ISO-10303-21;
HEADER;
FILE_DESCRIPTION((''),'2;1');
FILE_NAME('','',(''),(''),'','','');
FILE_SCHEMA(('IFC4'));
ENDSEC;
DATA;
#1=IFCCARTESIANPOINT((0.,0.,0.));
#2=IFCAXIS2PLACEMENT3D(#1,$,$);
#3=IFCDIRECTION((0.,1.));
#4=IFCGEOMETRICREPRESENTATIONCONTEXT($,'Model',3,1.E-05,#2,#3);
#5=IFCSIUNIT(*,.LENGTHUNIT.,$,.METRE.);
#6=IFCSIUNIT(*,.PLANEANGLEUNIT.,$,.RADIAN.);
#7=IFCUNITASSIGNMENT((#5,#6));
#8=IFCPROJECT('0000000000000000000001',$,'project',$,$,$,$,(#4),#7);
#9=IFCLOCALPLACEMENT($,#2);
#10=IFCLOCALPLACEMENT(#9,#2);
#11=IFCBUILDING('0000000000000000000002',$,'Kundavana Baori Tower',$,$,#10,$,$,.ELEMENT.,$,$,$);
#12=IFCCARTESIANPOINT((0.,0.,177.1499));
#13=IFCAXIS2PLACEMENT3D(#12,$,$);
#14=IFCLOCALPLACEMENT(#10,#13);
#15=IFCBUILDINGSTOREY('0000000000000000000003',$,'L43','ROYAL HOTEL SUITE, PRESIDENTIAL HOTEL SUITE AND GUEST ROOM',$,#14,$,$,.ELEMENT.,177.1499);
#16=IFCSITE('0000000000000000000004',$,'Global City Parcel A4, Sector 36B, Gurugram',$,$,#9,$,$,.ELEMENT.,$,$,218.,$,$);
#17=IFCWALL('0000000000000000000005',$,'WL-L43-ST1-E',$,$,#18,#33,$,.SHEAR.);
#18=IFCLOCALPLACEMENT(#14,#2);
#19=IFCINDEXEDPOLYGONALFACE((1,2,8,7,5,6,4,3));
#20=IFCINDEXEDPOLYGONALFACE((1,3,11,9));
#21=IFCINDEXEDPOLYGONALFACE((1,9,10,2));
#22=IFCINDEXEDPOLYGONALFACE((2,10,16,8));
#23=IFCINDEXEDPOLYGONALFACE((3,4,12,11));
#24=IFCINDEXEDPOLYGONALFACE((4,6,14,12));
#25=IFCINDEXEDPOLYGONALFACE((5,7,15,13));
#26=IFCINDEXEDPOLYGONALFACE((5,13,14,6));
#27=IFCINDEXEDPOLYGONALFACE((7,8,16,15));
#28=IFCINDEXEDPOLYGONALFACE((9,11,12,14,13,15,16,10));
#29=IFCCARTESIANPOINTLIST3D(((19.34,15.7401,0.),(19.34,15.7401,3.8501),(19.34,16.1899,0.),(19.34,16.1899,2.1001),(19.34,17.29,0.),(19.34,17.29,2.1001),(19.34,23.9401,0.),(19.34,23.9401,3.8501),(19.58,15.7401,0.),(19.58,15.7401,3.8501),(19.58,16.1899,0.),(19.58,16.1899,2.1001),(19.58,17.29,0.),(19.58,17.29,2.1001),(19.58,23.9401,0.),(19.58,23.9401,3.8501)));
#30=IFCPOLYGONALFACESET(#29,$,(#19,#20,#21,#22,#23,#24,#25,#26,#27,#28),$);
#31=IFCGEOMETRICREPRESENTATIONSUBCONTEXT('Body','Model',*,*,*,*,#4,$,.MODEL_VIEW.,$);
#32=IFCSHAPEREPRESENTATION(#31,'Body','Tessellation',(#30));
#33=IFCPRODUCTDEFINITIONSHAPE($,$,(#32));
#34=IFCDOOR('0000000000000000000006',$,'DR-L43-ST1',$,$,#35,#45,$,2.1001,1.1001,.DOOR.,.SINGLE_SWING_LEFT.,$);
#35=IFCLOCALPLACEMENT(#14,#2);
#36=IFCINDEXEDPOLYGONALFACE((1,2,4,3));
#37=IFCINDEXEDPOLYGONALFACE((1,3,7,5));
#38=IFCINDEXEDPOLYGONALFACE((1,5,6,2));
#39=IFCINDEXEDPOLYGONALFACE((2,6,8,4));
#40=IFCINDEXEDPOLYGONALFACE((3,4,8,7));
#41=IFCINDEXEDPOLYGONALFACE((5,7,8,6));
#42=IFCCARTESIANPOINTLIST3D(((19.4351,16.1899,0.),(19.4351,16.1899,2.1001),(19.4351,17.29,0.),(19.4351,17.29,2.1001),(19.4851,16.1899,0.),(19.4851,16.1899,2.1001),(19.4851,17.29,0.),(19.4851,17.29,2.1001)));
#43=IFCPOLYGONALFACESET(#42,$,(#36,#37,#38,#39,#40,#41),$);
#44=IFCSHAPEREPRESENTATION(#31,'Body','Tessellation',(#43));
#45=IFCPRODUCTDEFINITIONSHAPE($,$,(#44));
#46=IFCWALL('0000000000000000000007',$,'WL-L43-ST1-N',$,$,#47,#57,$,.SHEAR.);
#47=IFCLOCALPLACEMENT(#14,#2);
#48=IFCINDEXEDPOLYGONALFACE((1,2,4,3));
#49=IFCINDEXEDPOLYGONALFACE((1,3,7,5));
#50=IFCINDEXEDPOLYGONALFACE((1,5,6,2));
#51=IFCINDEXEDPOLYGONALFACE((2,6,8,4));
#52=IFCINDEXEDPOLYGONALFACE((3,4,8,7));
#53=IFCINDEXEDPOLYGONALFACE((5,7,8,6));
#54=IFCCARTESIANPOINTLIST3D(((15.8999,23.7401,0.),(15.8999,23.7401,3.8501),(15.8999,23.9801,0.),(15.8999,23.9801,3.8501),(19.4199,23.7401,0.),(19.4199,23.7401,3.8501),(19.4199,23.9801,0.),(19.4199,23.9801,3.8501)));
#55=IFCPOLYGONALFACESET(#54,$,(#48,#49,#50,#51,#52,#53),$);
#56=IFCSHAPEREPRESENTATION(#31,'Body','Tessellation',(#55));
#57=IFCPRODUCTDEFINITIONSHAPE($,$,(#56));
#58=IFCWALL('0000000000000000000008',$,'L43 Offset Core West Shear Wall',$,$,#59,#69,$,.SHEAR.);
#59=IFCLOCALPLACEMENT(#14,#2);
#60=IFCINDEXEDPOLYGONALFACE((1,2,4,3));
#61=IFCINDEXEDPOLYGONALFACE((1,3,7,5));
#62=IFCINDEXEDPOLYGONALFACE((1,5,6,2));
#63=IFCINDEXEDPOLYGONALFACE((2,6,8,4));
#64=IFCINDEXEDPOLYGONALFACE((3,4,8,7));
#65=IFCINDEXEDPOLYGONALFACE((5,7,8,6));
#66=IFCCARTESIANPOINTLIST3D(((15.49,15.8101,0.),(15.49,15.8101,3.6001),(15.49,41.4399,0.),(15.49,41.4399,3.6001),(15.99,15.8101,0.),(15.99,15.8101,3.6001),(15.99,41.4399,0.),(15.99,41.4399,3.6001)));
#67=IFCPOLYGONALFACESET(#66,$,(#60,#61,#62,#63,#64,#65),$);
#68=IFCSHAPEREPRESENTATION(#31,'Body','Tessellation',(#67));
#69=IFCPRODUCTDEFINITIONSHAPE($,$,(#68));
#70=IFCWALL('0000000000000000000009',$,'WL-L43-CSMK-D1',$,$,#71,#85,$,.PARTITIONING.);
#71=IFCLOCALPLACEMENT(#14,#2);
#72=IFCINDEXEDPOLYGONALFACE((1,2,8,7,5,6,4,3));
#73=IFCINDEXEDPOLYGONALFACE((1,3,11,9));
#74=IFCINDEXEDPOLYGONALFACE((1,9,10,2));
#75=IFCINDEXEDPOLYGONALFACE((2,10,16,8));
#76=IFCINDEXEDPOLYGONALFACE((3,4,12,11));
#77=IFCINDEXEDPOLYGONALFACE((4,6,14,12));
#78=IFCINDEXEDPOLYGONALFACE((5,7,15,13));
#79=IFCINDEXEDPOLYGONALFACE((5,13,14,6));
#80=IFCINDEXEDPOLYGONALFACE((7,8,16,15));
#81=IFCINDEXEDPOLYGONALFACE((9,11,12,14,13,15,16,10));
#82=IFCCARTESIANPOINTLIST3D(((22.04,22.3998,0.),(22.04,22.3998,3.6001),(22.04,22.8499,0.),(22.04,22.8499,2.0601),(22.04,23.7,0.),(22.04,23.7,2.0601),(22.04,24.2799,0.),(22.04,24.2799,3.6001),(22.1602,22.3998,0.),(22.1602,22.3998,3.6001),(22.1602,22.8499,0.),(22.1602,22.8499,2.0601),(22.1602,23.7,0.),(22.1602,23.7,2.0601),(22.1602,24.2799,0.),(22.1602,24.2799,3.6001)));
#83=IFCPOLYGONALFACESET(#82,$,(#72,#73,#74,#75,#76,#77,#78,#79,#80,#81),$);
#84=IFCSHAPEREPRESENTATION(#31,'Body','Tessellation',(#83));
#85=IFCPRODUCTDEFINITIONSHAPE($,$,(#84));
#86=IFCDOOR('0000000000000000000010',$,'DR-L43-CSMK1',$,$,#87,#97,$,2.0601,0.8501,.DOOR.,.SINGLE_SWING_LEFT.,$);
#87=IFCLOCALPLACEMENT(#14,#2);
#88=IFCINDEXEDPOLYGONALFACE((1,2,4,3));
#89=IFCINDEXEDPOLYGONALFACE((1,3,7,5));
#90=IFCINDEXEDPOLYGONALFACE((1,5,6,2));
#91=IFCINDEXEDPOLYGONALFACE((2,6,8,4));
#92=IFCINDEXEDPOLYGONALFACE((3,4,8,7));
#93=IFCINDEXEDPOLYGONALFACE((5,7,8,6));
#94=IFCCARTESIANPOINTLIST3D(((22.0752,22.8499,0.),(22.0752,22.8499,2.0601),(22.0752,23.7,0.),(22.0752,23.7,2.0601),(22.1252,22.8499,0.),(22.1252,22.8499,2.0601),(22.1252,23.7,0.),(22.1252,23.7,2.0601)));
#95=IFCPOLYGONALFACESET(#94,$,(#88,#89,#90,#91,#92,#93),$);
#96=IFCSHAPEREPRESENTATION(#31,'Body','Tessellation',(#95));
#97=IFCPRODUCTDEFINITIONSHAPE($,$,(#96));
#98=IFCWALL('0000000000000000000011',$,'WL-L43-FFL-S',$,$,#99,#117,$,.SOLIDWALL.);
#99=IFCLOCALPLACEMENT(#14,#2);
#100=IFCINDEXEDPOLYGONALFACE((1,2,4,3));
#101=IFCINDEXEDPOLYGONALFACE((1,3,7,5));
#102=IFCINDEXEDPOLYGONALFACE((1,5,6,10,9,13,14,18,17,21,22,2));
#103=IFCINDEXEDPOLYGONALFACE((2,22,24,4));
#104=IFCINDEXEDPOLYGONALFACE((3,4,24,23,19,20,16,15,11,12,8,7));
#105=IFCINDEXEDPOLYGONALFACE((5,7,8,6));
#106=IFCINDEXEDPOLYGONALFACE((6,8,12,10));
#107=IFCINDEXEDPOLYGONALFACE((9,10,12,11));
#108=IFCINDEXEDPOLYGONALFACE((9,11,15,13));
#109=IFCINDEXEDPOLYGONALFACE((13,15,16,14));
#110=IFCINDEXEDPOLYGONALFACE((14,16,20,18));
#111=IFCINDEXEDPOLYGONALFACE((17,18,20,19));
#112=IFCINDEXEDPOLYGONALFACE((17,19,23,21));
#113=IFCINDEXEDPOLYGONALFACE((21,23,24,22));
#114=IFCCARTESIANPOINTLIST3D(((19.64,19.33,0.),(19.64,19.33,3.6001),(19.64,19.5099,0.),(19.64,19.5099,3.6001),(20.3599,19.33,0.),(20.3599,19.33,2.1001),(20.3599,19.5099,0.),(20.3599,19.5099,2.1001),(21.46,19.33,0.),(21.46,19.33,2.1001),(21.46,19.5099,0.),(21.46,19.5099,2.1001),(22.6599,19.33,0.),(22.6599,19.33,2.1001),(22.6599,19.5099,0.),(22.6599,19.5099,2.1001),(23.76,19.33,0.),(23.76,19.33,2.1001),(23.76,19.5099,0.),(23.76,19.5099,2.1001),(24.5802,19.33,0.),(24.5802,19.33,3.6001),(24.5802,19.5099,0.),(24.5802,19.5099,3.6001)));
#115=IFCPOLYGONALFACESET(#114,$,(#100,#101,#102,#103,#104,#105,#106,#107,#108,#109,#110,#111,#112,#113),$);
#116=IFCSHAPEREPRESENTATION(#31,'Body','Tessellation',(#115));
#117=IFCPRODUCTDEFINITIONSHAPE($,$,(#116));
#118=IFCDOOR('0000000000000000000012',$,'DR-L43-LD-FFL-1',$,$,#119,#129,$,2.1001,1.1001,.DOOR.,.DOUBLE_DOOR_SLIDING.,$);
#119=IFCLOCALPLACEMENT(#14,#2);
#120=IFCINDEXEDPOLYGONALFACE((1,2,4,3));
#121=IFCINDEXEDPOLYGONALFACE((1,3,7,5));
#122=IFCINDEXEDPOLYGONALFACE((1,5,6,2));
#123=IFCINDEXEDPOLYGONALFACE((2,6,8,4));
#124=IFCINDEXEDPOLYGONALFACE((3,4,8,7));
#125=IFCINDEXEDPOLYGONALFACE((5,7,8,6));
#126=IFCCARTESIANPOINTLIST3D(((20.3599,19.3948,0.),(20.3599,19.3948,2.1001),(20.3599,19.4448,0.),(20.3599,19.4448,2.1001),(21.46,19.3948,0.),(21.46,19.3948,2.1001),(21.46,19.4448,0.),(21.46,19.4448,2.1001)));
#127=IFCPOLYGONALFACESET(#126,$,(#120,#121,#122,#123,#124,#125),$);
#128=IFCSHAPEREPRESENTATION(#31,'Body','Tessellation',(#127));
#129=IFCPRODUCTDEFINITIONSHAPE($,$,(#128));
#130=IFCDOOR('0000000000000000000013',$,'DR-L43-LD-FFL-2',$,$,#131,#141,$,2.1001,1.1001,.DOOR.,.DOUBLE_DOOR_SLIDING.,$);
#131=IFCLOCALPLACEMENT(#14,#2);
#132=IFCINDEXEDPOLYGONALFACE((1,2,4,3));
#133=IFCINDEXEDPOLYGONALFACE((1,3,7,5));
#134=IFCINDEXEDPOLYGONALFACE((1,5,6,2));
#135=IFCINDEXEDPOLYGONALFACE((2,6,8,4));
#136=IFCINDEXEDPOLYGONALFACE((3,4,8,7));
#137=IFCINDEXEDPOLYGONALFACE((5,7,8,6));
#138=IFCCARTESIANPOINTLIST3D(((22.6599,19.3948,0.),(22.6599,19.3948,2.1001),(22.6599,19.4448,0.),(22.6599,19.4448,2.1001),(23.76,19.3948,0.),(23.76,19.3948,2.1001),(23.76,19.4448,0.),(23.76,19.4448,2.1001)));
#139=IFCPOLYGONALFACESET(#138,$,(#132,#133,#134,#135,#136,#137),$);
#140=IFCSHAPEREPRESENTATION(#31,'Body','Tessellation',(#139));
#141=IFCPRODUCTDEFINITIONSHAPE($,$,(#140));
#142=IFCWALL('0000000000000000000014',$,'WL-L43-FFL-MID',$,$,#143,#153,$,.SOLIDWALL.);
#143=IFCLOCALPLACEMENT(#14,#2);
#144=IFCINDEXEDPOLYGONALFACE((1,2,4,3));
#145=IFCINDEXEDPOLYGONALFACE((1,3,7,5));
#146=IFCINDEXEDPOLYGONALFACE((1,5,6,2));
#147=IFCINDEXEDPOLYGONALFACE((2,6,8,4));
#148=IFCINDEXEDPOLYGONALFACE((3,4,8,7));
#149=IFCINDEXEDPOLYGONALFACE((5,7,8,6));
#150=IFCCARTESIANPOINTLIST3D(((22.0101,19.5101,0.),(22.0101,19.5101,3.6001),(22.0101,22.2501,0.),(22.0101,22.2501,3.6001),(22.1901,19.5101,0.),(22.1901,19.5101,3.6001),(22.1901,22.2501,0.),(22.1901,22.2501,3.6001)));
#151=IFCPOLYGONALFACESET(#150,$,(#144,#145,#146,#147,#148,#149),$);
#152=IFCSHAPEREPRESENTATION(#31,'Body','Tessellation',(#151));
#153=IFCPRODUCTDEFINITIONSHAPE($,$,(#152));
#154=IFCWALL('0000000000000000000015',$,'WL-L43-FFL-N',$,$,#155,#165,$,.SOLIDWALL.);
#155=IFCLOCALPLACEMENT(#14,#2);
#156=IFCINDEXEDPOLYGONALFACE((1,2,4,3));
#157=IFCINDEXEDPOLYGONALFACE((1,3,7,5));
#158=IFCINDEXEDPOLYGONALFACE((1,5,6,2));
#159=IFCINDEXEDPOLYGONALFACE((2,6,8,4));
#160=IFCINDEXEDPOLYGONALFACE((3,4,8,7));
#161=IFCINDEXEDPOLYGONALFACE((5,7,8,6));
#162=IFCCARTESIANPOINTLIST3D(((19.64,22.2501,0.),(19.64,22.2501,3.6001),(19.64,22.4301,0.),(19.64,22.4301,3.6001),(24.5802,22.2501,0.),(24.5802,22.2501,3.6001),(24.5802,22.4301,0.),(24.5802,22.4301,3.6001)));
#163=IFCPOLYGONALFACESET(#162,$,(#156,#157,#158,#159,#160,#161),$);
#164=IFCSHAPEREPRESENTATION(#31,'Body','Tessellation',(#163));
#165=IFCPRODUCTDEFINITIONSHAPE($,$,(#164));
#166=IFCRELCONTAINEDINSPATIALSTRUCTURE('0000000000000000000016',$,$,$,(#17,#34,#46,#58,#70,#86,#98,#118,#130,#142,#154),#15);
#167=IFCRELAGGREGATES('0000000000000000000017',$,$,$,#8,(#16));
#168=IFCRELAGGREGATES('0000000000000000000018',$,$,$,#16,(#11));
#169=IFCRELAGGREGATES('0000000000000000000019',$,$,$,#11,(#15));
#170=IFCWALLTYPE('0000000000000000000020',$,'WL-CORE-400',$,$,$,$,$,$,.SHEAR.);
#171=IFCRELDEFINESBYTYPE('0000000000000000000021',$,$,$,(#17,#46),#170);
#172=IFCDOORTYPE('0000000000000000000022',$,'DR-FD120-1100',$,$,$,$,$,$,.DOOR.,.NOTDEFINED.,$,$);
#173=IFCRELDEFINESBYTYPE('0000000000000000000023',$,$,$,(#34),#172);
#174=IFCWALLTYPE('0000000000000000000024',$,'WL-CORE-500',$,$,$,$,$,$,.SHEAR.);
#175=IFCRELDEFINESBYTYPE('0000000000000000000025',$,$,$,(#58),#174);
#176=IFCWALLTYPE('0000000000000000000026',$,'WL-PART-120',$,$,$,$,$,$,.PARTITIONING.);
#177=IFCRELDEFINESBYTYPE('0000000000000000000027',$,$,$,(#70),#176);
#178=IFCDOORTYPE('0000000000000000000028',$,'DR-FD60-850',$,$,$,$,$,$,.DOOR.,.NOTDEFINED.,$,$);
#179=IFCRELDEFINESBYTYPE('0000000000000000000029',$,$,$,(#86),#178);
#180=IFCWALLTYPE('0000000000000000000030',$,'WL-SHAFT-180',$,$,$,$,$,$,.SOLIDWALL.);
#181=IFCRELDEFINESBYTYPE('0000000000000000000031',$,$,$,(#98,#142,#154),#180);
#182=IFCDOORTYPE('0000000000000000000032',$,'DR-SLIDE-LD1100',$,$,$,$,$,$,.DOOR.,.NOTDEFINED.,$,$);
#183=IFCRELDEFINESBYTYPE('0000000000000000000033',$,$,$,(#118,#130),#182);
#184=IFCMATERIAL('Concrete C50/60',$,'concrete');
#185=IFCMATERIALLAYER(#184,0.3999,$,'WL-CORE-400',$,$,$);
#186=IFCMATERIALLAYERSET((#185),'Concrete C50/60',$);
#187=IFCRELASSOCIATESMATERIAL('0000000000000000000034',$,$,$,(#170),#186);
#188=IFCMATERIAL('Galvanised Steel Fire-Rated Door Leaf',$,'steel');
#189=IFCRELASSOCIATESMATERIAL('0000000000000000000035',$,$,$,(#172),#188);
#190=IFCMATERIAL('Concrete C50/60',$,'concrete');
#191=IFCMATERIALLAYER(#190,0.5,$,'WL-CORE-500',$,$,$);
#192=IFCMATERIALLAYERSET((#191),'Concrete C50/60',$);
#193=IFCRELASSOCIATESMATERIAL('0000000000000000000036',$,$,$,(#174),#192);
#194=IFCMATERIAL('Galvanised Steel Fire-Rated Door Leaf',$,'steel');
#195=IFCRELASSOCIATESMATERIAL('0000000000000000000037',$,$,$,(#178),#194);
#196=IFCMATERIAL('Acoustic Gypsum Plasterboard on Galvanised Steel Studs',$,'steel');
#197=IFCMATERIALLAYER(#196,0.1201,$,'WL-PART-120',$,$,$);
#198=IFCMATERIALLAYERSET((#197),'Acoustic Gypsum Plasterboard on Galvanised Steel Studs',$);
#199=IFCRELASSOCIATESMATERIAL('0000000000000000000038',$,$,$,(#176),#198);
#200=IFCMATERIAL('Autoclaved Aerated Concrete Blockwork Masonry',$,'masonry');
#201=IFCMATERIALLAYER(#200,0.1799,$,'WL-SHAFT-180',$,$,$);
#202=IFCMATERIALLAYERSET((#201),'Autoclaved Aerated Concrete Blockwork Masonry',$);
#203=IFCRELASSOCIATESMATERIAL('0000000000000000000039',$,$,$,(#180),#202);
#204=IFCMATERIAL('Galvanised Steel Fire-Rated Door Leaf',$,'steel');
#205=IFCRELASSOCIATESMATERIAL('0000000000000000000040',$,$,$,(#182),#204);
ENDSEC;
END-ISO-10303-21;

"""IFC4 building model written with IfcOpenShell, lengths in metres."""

from ifc_helpers import new_model, si_unit, direction, frame, frame_2d, origin, place, context, subcontext, project, spatial, rectangle, extrude, material, layer, layer_set, type_object, element, fill, save


model = new_model("IFC4")

# Units and contexts
model_context = context("Model", 3, precision=1e-05, world=origin(), true_north=direction((0.0, 1.0)))
body_context = subcontext(model_context, "Body", "Model", "MODEL_VIEW")
ifc_project = project(units=[si_unit("LENGTHUNIT", "METRE"), si_unit("PLANEANGLEUNIT", "RADIAN")], contexts=[model_context])

# Site, building, storey
site_placement = place(None, origin())
site = spatial("IfcSite", under=ifc_project, at=site_placement, Name="Global City Parcel A4, Sector 36B, Gurugram", CompositionType="ELEMENT", RefElevation=218.0)
building_placement = place(site_placement, origin())
building = spatial("IfcBuilding", under=site, at=building_placement, Name="Kundavana Baori Tower", CompositionType="ELEMENT")
storey_placement = place(building_placement, frame((0.0, 0.0, 177.1499)))
storey = spatial("IfcBuildingStorey", under=building, at=storey_placement, Name="L43", Description="ROYAL HOTEL SUITE, PRESIDENTIAL HOTEL SUITE AND GUEST ROOM", CompositionType="ELEMENT", Elevation=177.1499)

# Wall, opening, door
ifc_material_1 = material(Name="Concrete C50/60", Category="concrete")
ifc_layer_1 = layer(ifc_material_1, 0.3999, Name="WL-CORE-400")
ifc_layer_set_1 = layer_set([ifc_layer_1], Name="Concrete C50/60")
wall_type_1 = type_object("IfcWallType", Name="WL-CORE-400", PredefinedType="SHEAR", material=ifc_layer_set_1)
wall_1_placement = place(storey_placement, frame((19.46, 15.74, 0.0), z_axis=(0.0, 0.0, 1.0), x_axis=(0.0, 1.0, 0.0)))
wall_1 = element("IfcWall", 1, at=wall_1_placement, inside=storey, type_object=wall_type_1, Name="WL-L43-ST1-E", PredefinedType="SHEAR", context=body_context, shape_type="SweptSolid", body=[
    extrude(rectangle(XDim=8.2, YDim=0.24, at=frame_2d((4.1001, 0.0))), origin(), (0.0, 0.0, 1.0), 3.8501),
])
opening_1_placement = place(wall_1_placement, frame((0.45, 0.0, 0.0)))
opening_1 = element("IfcOpeningElement", 2, at=opening_1_placement, cuts=wall_1, PredefinedType="OPENING", context=body_context, shape_type="SweptSolid", body=[
    extrude(rectangle(XDim=1.1001, YDim=2.1001, at=frame_2d((0.55, 1.05))), frame((0.0, 0.1299, 0.0), z_axis=(0.0, -1.0, 0.0), x_axis=(1.0, 0.0, 0.0)), (0.0, 0.0, 1.0), 0.26),
])
ifc_material_2 = material(Name="Galvanised Steel Fire-Rated Door Leaf", Category="steel")
door_type_1 = type_object("IfcDoorType", Name="DR-FD120-1100", OperationType="NOTDEFINED", PredefinedType="DOOR", material=ifc_material_2)
door_1_placement = place(opening_1_placement, origin())
door_1 = element("IfcDoor", 3, at=door_1_placement, inside=storey, type_object=door_type_1, Name="DR-L43-ST1", OperationType="SINGLE_SWING_LEFT", OverallHeight=2.1001, OverallWidth=1.1001, PredefinedType="DOOR", context=body_context, shape_type="SweptSolid", body=[
    extrude(rectangle(XDim=1.1001, YDim=2.1001, at=frame_2d((0.55, 1.05))), frame((0.0, 0.0249, 0.0), z_axis=(0.0, -1.0, 0.0), x_axis=(1.0, 0.0, 0.0)), (0.0, 0.0, 1.0), 0.05),
])
fill(opening_1, door_1)

# Walls
wall_2_placement = place(storey_placement, frame((15.8999, 23.8601, 0.0), z_axis=(0.0, 0.0, 1.0), x_axis=(1.0, 0.0, 0.0)))
element("IfcWall", 4, at=wall_2_placement, inside=storey, type_object=wall_type_1, Name="WL-L43-ST1-N", PredefinedType="SHEAR", context=body_context, shape_type="SweptSolid", body=[
    extrude(rectangle(XDim=3.52, YDim=0.24, at=frame_2d((1.76, 0.0))), origin(), (0.0, 0.0, 1.0), 3.8501),
])
ifc_material_3 = material(Name="Concrete C50/60", Category="concrete")
ifc_layer_2 = layer(ifc_material_3, 0.5, Name="WL-CORE-500")
ifc_layer_set_2 = layer_set([ifc_layer_2], Name="Concrete C50/60")
wall_type_2 = type_object("IfcWallType", Name="WL-CORE-500", PredefinedType="SHEAR", material=ifc_layer_set_2)
wall_3_placement = place(storey_placement, frame((15.74, 15.8101, 0.0), z_axis=(0.0, 0.0, 1.0), x_axis=(0.0, 1.0, 0.0)))
element("IfcWall", 5, at=wall_3_placement, inside=storey, type_object=wall_type_2, Name="L43 Offset Core West Shear Wall", PredefinedType="SHEAR", context=body_context, shape_type="SweptSolid", body=[
    extrude(rectangle(XDim=25.6299, YDim=0.5, at=frame_2d((12.8149, 0.0))), origin(), (0.0, 0.0, 1.0), 3.6001),
])

# Shared definitions
ifc_material_4 = material(Name="Galvanised Steel Fire-Rated Door Leaf", Category="steel")
door_type_2 = type_object("IfcDoorType", Name="DR-FD60-850", OperationType="NOTDEFINED", PredefinedType="DOOR", material=ifc_material_4)

# Wall, opening, door
ifc_material_5 = material(Name="Acoustic Gypsum Plasterboard on Galvanised Steel Studs", Category="steel")
ifc_layer_3 = layer(ifc_material_5, 0.1201, Name="WL-PART-120")
ifc_layer_set_3 = layer_set([ifc_layer_3], Name="Acoustic Gypsum Plasterboard on Galvanised Steel Studs")
wall_type_3 = type_object("IfcWallType", Name="WL-PART-120", PredefinedType="PARTITIONING", material=ifc_layer_set_3)
wall_4_placement = place(storey_placement, frame((22.1001, 22.3999, 0.0), z_axis=(0.0, 0.0, 1.0), x_axis=(0.0, 1.0, 0.0)))
wall_4 = element("IfcWall", 6, at=wall_4_placement, inside=storey, type_object=wall_type_3, Name="WL-L43-CSMK-D1", PredefinedType="PARTITIONING", context=body_context, shape_type="SweptSolid", body=[
    extrude(rectangle(XDim=1.8801, YDim=0.1201, at=frame_2d((0.9399, 0.0))), origin(), (0.0, 0.0, 1.0), 3.6001),
])
opening_2_placement = place(wall_4_placement, frame((0.45, 0.0, 0.0)))
opening_2 = element("IfcOpeningElement", 7, at=opening_2_placement, cuts=wall_4, PredefinedType="OPENING", context=body_context, shape_type="SweptSolid", body=[
    extrude(rectangle(XDim=0.8501, YDim=2.0601, at=frame_2d((0.425, 1.03))), frame((0.0, 0.0701, 0.0), z_axis=(0.0, -1.0, 0.0), x_axis=(1.0, 0.0, 0.0)), (0.0, 0.0, 1.0), 0.1401),
])
door_2_placement = place(opening_2_placement, origin())
door_2 = element("IfcDoor", 8, at=door_2_placement, inside=storey, type_object=door_type_2, Name="DR-L43-CSMK1", OperationType="SINGLE_SWING_LEFT", OverallHeight=2.0601, OverallWidth=0.8501, PredefinedType="DOOR", context=body_context, shape_type="SweptSolid", body=[
    extrude(rectangle(XDim=0.8501, YDim=2.0601, at=frame_2d((0.425, 1.03))), frame((0.0, 0.0249, 0.0), z_axis=(0.0, -1.0, 0.0), x_axis=(1.0, 0.0, 0.0)), (0.0, 0.0, 1.0), 0.05),
])
fill(opening_2, door_2)

# Wall, openings, doors
ifc_material_6 = material(Name="Autoclaved Aerated Concrete Blockwork Masonry", Category="masonry")
ifc_layer_4 = layer(ifc_material_6, 0.1799, Name="WL-SHAFT-180")
ifc_layer_set_4 = layer_set([ifc_layer_4], Name="Autoclaved Aerated Concrete Blockwork Masonry")
wall_type_4 = type_object("IfcWallType", Name="WL-SHAFT-180", PredefinedType="SOLIDWALL", material=ifc_layer_set_4)
wall_5_placement = place(storey_placement, frame((19.6399, 19.4199, 0.0), z_axis=(0.0, 0.0, 1.0), x_axis=(1.0, 0.0, 0.0)))
wall_5 = element("IfcWall", 9, at=wall_5_placement, inside=storey, type_object=wall_type_4, Name="WL-L43-FFL-S", PredefinedType="SOLIDWALL", context=body_context, shape_type="SweptSolid", body=[
    extrude(rectangle(XDim=4.9402, YDim=0.1799, at=frame_2d((2.4702, 0.0))), origin(), (0.0, 0.0, 1.0), 3.6001),
])
opening_3_placement = place(wall_5_placement, frame((0.72, 0.0, 0.0)))
opening_3 = element("IfcOpeningElement", 10, at=opening_3_placement, cuts=wall_5, PredefinedType="OPENING", context=body_context, shape_type="SweptSolid", body=[
    extrude(rectangle(XDim=1.1001, YDim=2.1001, at=frame_2d((0.55, 1.05))), frame((0.0, 0.1001, 0.0), z_axis=(0.0, -1.0, 0.0), x_axis=(1.0, 0.0, 0.0)), (0.0, 0.0, 1.0), 0.2),
])
opening_4_placement = place(wall_5_placement, frame((3.02, 0.0, 0.0)))
opening_4 = element("IfcOpeningElement", 11, at=opening_4_placement, cuts=wall_5, PredefinedType="OPENING", context=body_context, shape_type="SweptSolid", body=[
    extrude(rectangle(XDim=1.1001, YDim=2.1001, at=frame_2d((0.55, 1.05))), frame((0.0, 0.1001, 0.0), z_axis=(0.0, -1.0, 0.0), x_axis=(1.0, 0.0, 0.0)), (0.0, 0.0, 1.0), 0.2),
])
ifc_material_7 = material(Name="Galvanised Steel Fire-Rated Door Leaf", Category="steel")
door_type_3 = type_object("IfcDoorType", Name="DR-SLIDE-LD1100", OperationType="NOTDEFINED", PredefinedType="DOOR", material=ifc_material_7)
door_3_placement = place(opening_3_placement, origin())
door_3 = element("IfcDoor", 12, at=door_3_placement, inside=storey, type_object=door_type_3, Name="DR-L43-LD-FFL-1", OperationType="DOUBLE_DOOR_SLIDING", OverallHeight=2.1001, OverallWidth=1.1001, PredefinedType="DOOR", context=body_context, shape_type="SweptSolid", body=[
    extrude(rectangle(XDim=1.1001, YDim=2.1001, at=frame_2d((0.55, 1.05))), frame((0.0, 0.0249, 0.0), z_axis=(0.0, -1.0, 0.0), x_axis=(1.0, 0.0, 0.0)), (0.0, 0.0, 1.0), 0.05),
])
fill(opening_3, door_3)
door_4_placement = place(opening_4_placement, origin())
door_4 = element("IfcDoor", 13, at=door_4_placement, inside=storey, type_object=door_type_3, Name="DR-L43-LD-FFL-2", OperationType="DOUBLE_DOOR_SLIDING", OverallHeight=2.1001, OverallWidth=1.1001, PredefinedType="DOOR", context=body_context, shape_type="SweptSolid", body=[
    extrude(rectangle(XDim=1.1001, YDim=2.1001, at=frame_2d((0.55, 1.05))), frame((0.0, 0.0249, 0.0), z_axis=(0.0, -1.0, 0.0), x_axis=(1.0, 0.0, 0.0)), (0.0, 0.0, 1.0), 0.05),
])
fill(opening_4, door_4)

# Walls
wall_6_placement = place(storey_placement, frame((22.1001, 19.51, 0.0), z_axis=(0.0, 0.0, 1.0), x_axis=(0.0, 1.0, 0.0)))
element("IfcWall", 14, at=wall_6_placement, inside=storey, type_object=wall_type_4, Name="WL-L43-FFL-MID", PredefinedType="SOLIDWALL", context=body_context, shape_type="SweptSolid", body=[
    extrude(rectangle(XDim=2.74, YDim=0.1799, at=frame_2d((1.3701, 0.0))), origin(), (0.0, 0.0, 1.0), 3.6001),
])
wall_7_placement = place(storey_placement, frame((19.6399, 22.3401, 0.0), z_axis=(0.0, 0.0, 1.0), x_axis=(1.0, 0.0, 0.0)))
element("IfcWall", 15, at=wall_7_placement, inside=storey, type_object=wall_type_4, Name="WL-L43-FFL-N", PredefinedType="SOLIDWALL", context=body_context, shape_type="SweptSolid", body=[
    extrude(rectangle(XDim=4.9402, YDim=0.1799, at=frame_2d((2.4702, 0.0))), origin(), (0.0, 0.0, 1.0), 3.6001),
])

save(model, "model.ifc")
